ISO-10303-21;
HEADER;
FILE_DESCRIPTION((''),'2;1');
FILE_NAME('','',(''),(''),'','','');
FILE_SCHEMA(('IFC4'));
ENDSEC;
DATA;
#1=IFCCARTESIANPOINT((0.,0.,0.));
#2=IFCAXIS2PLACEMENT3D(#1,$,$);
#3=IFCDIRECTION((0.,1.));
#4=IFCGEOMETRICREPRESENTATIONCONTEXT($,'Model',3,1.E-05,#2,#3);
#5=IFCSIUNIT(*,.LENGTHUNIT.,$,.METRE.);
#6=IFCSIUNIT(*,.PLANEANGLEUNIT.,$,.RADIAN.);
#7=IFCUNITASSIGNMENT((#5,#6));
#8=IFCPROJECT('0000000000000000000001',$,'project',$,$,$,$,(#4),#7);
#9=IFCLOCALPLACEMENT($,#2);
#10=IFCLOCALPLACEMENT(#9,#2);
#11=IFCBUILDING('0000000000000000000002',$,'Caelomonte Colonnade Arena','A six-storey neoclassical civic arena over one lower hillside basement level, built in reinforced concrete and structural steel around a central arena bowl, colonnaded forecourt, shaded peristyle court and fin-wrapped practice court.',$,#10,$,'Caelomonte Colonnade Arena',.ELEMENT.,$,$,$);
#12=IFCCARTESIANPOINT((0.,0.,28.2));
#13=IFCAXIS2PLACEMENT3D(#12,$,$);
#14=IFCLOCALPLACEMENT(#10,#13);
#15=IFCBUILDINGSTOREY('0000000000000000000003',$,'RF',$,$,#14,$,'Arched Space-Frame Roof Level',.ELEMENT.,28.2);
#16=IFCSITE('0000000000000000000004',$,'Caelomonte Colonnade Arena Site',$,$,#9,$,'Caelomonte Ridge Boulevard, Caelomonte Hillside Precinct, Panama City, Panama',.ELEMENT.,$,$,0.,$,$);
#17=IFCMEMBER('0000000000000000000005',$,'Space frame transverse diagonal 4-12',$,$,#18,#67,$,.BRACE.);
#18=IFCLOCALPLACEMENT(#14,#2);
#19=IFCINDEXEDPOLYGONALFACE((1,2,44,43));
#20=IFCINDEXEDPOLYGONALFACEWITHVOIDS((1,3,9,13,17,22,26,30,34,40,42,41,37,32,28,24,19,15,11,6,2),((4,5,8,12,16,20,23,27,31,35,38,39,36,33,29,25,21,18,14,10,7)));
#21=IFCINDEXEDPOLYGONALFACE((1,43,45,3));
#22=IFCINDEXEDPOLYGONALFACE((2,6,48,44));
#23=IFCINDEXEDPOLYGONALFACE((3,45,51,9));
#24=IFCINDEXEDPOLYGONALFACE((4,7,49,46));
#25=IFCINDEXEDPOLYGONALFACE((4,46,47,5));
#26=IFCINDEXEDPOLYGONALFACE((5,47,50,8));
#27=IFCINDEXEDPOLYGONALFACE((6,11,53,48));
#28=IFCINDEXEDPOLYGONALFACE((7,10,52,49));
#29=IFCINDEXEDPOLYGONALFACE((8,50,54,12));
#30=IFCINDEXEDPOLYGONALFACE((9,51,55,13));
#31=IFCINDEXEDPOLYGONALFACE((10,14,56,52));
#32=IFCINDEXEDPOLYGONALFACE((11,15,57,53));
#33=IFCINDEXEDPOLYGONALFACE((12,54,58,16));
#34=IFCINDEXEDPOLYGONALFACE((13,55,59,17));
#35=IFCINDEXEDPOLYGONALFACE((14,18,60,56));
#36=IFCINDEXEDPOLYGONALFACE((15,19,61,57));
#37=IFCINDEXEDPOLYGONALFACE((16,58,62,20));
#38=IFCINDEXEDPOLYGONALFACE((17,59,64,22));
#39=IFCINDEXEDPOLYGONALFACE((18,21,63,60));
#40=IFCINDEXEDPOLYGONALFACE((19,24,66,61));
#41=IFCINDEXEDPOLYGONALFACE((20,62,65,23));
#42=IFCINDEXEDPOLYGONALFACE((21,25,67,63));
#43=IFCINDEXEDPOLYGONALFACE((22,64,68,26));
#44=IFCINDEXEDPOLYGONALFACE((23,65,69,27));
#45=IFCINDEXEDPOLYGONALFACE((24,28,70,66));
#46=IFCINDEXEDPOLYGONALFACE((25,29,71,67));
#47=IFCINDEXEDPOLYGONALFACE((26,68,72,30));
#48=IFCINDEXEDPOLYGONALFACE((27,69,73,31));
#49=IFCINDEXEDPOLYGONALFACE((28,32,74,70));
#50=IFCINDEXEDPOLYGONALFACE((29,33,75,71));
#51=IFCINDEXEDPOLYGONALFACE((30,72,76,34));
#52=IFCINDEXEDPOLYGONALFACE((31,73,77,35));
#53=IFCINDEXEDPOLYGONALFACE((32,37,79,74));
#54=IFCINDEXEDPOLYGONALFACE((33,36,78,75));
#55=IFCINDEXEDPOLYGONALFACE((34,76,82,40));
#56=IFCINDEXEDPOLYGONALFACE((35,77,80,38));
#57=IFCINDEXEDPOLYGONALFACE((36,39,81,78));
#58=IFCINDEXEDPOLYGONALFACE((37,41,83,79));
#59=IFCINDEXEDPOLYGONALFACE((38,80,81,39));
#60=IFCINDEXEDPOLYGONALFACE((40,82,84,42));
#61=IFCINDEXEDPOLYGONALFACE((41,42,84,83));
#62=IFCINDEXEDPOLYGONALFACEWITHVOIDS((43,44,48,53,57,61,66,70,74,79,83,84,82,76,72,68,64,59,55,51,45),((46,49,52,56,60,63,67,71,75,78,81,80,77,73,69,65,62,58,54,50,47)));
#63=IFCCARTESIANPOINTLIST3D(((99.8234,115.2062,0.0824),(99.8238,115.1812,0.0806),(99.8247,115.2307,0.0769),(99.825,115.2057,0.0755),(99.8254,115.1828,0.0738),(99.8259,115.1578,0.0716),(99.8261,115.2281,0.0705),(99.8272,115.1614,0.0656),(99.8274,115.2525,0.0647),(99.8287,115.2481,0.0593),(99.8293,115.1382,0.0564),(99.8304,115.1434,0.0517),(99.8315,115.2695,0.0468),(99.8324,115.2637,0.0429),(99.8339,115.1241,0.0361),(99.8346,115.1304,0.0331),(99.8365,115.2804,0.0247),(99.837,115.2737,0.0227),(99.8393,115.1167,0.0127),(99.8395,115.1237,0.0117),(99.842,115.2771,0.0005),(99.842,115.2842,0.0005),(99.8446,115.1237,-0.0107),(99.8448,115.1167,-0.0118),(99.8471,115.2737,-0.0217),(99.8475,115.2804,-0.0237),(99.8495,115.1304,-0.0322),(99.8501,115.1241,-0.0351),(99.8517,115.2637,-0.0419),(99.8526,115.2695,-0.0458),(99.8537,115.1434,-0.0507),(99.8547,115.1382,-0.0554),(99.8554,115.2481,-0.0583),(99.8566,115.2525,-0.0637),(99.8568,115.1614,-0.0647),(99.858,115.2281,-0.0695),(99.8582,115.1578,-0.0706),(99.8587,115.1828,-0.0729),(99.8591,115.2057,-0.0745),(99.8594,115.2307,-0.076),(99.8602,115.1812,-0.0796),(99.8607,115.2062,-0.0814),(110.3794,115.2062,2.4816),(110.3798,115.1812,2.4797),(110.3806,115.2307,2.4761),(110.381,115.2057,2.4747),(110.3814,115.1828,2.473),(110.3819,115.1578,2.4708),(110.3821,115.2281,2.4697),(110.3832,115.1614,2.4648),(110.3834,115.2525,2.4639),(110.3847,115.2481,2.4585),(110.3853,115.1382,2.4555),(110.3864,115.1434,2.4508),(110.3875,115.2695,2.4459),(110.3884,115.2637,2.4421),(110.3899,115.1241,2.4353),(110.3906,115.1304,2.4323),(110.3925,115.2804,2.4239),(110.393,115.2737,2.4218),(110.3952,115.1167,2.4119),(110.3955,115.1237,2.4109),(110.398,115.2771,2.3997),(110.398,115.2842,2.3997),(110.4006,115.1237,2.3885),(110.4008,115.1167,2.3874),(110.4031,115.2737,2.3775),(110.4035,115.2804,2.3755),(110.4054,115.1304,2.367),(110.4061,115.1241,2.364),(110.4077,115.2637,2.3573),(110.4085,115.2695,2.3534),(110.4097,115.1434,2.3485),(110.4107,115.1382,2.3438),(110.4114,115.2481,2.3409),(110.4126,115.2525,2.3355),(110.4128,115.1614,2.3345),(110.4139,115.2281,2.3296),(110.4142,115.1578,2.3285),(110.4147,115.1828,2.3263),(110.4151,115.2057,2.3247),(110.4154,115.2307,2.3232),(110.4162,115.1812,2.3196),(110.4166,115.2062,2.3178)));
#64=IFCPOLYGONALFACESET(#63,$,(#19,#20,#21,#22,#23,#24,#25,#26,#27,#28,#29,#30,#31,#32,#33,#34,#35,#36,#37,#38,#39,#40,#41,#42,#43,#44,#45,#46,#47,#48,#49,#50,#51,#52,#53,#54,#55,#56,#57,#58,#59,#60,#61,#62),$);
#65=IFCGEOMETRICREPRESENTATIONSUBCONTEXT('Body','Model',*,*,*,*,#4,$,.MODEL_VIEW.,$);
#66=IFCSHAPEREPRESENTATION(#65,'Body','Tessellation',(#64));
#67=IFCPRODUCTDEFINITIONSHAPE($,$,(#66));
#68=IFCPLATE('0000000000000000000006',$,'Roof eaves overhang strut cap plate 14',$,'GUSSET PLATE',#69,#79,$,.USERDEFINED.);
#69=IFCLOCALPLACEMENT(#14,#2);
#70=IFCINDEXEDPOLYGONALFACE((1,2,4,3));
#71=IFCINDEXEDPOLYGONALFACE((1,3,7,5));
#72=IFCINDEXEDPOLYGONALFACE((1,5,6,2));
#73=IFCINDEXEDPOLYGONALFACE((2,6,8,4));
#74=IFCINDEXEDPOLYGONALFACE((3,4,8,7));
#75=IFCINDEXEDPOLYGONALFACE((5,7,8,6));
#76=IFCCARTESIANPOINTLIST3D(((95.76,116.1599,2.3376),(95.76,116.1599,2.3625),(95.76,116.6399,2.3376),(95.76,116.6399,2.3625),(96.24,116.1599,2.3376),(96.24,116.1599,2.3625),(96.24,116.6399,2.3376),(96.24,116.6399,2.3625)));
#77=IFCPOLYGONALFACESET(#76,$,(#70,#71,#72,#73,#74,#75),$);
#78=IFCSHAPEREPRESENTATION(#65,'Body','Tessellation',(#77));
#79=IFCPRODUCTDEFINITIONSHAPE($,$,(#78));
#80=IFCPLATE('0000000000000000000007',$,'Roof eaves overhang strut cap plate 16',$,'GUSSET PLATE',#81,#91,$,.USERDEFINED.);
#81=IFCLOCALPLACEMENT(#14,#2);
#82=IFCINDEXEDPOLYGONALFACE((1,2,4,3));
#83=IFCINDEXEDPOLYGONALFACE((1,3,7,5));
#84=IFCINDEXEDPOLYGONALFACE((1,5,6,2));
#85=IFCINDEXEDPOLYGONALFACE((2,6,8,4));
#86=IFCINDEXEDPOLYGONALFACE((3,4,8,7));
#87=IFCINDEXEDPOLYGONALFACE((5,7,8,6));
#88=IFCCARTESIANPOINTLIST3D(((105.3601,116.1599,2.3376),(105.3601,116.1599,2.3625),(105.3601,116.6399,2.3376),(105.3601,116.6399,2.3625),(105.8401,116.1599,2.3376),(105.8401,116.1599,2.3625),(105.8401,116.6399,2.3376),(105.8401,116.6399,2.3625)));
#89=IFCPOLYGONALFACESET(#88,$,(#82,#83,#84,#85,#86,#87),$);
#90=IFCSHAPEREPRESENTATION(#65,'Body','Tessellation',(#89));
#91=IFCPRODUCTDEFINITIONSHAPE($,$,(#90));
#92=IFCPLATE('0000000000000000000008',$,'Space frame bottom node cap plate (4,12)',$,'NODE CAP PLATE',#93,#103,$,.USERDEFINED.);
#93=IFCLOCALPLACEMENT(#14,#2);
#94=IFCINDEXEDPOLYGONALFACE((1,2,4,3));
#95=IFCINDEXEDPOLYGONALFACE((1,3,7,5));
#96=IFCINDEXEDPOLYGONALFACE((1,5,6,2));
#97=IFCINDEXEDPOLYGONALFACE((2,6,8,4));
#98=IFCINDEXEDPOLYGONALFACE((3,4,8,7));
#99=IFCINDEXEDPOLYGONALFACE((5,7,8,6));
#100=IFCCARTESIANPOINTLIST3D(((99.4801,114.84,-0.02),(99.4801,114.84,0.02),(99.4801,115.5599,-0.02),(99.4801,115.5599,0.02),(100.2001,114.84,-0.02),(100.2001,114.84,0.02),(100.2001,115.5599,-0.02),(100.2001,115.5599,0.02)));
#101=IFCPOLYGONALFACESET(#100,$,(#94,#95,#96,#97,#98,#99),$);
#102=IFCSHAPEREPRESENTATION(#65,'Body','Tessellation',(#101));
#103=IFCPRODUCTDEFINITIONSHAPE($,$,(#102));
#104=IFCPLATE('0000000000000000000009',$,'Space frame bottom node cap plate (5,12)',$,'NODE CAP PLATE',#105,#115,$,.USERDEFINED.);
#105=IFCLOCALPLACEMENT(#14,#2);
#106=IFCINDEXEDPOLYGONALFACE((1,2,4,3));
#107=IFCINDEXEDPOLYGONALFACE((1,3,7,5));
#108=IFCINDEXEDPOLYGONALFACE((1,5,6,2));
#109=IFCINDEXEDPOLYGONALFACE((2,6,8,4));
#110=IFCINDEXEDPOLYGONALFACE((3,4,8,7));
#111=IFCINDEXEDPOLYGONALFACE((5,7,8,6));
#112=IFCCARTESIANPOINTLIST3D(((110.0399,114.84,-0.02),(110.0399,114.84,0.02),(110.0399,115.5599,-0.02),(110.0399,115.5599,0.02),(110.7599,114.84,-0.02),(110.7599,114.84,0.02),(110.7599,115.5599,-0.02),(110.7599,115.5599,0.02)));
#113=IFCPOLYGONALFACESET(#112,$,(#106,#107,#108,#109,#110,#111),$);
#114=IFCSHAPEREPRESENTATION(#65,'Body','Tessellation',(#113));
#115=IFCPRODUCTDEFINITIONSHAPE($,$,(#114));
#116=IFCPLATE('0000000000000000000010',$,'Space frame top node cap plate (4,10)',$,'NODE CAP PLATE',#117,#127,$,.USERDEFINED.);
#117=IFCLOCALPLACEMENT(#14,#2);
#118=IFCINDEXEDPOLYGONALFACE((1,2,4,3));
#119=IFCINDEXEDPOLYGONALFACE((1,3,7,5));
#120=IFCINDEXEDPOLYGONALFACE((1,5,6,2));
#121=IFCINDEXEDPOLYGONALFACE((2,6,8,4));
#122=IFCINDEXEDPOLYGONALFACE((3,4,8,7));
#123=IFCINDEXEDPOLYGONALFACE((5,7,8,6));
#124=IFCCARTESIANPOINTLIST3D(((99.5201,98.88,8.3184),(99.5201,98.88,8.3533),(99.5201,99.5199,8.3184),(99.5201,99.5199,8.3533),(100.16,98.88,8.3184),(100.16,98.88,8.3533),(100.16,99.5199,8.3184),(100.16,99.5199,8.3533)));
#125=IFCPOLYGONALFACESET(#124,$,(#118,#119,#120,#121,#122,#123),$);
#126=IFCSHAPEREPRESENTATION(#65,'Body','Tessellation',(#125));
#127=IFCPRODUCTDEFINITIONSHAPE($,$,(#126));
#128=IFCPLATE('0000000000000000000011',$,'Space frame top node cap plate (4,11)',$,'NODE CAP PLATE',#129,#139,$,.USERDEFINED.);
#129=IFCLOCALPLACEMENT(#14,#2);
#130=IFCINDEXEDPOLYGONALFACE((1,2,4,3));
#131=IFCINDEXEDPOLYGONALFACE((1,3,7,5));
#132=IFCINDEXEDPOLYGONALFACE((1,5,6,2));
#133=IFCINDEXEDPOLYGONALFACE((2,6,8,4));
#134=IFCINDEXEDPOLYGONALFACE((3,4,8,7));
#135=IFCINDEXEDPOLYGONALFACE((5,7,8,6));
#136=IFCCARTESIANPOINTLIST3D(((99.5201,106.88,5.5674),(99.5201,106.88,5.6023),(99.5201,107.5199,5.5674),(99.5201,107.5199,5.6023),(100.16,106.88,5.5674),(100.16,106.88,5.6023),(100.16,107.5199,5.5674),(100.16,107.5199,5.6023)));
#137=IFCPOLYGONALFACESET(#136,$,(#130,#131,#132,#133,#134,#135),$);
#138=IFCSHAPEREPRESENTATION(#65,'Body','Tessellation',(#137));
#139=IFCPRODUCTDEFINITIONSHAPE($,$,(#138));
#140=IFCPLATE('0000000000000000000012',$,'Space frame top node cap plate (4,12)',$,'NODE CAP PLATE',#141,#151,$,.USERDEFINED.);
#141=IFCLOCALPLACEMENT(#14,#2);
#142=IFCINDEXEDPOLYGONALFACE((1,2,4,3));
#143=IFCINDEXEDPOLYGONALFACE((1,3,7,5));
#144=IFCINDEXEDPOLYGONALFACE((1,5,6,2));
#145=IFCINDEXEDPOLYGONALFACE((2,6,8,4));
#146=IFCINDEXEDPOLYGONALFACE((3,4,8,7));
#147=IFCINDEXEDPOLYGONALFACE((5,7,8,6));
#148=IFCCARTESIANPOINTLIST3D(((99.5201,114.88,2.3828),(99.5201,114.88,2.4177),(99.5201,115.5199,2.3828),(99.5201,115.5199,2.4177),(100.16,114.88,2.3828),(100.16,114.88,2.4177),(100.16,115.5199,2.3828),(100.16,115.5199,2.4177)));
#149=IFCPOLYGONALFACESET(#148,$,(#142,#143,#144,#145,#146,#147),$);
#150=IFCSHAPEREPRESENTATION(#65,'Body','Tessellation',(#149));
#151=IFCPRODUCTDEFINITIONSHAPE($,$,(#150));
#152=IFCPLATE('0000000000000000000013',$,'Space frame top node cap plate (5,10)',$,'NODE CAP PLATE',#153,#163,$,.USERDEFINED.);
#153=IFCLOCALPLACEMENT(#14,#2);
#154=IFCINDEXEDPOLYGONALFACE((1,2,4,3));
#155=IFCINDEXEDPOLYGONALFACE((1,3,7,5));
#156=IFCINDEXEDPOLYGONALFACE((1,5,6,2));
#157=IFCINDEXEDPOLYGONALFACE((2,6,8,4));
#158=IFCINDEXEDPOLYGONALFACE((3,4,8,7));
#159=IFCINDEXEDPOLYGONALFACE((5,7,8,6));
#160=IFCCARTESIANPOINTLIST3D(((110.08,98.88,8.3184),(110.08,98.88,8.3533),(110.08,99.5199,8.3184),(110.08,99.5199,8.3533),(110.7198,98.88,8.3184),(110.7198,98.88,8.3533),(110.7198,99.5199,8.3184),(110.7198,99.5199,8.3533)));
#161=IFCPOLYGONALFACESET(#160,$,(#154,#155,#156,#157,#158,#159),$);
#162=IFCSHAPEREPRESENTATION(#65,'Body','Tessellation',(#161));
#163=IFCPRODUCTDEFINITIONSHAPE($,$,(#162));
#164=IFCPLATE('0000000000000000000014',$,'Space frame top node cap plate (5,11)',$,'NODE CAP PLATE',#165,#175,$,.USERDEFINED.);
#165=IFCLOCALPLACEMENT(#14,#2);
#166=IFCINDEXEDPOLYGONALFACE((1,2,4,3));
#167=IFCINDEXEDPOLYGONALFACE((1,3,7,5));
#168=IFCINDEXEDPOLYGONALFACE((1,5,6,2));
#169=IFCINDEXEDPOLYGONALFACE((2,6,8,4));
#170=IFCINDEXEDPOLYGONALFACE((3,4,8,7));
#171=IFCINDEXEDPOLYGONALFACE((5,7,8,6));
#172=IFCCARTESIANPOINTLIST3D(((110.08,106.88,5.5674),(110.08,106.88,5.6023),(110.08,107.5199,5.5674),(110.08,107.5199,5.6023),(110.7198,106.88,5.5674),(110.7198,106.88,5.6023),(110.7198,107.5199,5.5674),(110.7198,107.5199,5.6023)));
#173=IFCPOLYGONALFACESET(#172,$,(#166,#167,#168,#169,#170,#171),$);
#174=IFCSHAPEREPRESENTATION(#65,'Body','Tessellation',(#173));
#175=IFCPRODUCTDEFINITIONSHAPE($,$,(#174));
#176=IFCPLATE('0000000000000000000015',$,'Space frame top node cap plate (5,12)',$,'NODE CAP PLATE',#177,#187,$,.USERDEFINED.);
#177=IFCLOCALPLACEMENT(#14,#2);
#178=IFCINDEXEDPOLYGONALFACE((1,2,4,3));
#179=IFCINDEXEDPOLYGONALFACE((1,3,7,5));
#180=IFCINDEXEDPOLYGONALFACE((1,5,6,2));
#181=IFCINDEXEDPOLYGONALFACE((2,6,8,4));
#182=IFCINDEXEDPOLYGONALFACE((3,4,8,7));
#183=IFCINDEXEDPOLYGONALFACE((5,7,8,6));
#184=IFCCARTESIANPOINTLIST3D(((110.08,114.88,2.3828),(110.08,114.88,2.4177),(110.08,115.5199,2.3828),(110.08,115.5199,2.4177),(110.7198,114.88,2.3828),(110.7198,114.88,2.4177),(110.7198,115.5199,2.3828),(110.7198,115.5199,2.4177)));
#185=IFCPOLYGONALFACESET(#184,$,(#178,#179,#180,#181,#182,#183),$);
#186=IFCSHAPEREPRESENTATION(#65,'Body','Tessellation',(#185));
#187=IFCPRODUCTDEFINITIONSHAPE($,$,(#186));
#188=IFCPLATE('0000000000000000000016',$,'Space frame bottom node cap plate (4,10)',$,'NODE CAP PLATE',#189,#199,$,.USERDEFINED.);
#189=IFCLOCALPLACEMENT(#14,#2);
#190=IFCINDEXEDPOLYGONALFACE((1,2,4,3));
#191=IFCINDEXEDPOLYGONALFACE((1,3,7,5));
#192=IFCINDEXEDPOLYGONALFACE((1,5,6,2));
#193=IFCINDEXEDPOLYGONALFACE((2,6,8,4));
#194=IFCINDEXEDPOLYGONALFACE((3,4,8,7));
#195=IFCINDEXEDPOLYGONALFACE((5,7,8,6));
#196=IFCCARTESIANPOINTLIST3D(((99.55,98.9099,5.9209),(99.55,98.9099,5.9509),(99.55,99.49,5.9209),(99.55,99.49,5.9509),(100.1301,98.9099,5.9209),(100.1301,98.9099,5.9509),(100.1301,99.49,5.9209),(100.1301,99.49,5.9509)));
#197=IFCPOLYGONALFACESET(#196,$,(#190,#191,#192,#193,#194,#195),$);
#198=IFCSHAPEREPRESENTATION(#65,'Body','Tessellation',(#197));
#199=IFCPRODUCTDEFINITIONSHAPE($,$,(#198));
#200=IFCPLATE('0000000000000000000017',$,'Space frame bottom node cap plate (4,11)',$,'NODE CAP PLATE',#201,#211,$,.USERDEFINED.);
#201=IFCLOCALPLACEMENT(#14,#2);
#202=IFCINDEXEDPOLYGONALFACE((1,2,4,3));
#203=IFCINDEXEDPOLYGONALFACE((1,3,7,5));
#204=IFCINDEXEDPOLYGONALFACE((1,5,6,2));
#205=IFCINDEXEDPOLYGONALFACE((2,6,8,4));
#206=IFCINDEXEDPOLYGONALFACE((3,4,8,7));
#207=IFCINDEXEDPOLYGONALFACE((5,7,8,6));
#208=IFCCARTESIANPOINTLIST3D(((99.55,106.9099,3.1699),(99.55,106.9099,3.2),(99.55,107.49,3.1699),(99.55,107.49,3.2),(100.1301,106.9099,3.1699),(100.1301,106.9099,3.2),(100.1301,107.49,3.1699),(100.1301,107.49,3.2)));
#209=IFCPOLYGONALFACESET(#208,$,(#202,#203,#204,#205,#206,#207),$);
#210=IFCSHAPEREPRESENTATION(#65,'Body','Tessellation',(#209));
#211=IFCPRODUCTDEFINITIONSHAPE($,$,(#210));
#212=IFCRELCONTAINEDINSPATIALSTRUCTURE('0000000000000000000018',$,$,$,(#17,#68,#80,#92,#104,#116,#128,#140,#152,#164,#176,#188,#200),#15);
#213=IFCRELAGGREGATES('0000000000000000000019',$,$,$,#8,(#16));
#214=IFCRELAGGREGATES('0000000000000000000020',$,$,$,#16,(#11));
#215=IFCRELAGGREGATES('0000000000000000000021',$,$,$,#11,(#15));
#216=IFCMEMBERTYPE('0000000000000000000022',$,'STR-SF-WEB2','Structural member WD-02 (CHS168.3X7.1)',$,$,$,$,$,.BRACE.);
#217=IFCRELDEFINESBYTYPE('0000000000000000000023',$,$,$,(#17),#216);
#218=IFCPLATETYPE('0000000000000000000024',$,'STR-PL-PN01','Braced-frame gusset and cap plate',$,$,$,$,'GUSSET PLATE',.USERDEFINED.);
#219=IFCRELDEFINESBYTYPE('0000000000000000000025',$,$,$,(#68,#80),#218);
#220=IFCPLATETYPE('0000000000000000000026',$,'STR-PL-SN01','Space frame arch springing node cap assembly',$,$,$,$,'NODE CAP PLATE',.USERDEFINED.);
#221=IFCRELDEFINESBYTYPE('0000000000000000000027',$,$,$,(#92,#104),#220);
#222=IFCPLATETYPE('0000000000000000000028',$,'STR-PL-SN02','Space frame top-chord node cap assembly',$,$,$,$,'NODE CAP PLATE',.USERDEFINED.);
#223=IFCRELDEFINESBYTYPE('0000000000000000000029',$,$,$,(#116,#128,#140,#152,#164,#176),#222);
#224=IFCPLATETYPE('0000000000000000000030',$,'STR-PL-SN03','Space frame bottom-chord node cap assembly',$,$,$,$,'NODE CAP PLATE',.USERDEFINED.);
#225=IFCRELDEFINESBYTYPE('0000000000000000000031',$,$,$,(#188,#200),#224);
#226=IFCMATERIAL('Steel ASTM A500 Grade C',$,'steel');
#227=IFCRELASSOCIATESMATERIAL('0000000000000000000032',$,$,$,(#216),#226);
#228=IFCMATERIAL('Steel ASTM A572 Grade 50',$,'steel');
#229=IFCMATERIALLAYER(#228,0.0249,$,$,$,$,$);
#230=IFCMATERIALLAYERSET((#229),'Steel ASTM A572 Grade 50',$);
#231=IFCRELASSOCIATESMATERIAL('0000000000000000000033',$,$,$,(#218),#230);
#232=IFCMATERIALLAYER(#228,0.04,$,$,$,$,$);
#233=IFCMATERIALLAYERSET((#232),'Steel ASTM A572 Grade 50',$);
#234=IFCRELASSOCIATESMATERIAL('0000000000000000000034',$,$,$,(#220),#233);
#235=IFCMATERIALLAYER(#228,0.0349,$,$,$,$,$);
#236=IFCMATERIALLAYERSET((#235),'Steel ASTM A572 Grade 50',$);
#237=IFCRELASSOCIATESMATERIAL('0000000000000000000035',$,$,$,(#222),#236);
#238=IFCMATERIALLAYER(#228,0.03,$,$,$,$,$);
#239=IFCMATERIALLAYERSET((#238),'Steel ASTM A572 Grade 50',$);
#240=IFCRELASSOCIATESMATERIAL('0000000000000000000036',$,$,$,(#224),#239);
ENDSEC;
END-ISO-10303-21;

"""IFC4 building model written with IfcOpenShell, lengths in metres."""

from ifc_helpers import new_model, si_unit, direction, frame, origin, origin_2d, place, context, subcontext, project, spatial, rectangle, hollow_circle, extrude, material, layer, layer_set, material_profile, profile_set, type_object, element, save


model = new_model("IFC4")

# Units and contexts
model_context = context("Model", 3, precision=1e-05, world=origin(), true_north=direction((0.0, 1.0)))
body_context = subcontext(model_context, "Body", "Model", "MODEL_VIEW")
ifc_project = project(units=[si_unit("LENGTHUNIT", "METRE"), si_unit("PLANEANGLEUNIT", "RADIAN")], contexts=[model_context])

# Site, building, storey
site_placement = place(None, origin())
site = spatial("IfcSite", under=ifc_project, at=site_placement, Name="Caelomonte Colonnade Arena Site", LongName="Caelomonte Ridge Boulevard, Caelomonte Hillside Precinct, Panama City, Panama", CompositionType="ELEMENT", RefElevation=0.0)
building_placement = place(site_placement, origin())
building = spatial("IfcBuilding", under=site, at=building_placement, Name="Caelomonte Colonnade Arena", Description="A six-storey neoclassical civic arena over one lower hillside basement level, built in reinforced concrete and structural steel around a central arena bowl, colonnaded forecourt, shaded peristyle court and fin-wrapped practice court.", LongName="Caelomonte Colonnade Arena", CompositionType="ELEMENT")
storey_placement = place(building_placement, frame((0.0, 0.0, 28.2)))
storey = spatial("IfcBuildingStorey", under=building, at=storey_placement, Name="RF", LongName="Arched Space-Frame Roof Level", CompositionType="ELEMENT", Elevation=28.2)

# Member
ifc_material_1 = material(Name="Steel ASTM A500 Grade C", Category="steel")
ifc_material_profile_1 = material_profile(ifc_material_1, hollow_circle(Radius=0.0842, WallThickness=0.0071, at=origin_2d()), Name="CHS168.3X7.1")
ifc_profile_set_1 = profile_set([ifc_material_profile_1], Name="Steel ASTM A500 Grade C")
member_type_1 = type_object("IfcMemberType", Name="STR-SF-WEB2", Description="Structural member WD-02 (CHS168.3X7.1)", PredefinedType="BRACE", material=ifc_profile_set_1)
for number, where, z_axis, x_axis, name in (
    (1, (99.842, 115.2, 0.0005), (0.975131, 0.0, 0.22163), (0.0, 1.0, 0.0), "Space frame transverse diagonal 4-12"),
):
    element("IfcMember", number, at=place(storey_placement, frame(where, z_axis=z_axis, x_axis=x_axis)), inside=storey, type_object=member_type_1, Name=name, PredefinedType="BRACE", context=body_context, shape_type="SweptSolid", body=[
        extrude(hollow_circle(Radius=0.0842, WallThickness=0.0071, at=origin_2d()), origin(), (0.0, 0.0, 1.0), 10.8252),
    ])

# Plates
ifc_material_2 = material(Name="Steel ASTM A572 Grade 50", Category="steel")
ifc_layer_1 = layer(ifc_material_2, 0.0249)
ifc_layer_set_1 = layer_set([ifc_layer_1], Name="Steel ASTM A572 Grade 50")
plate_type_1 = type_object("IfcPlateType", Name="STR-PL-PN01", Description="Braced-frame gusset and cap plate", ElementType="GUSSET PLATE", PredefinedType="USERDEFINED", material=ifc_layer_set_1)
for number, where, z_axis, x_axis, name in (
    (2, (96.0, 116.3999, 2.3376), (0.0, 0.0, 1.0), (1.0, 0.0, 0.0), "Roof eaves overhang strut cap plate 14"),
    (3, (105.6001, 116.3999, 2.3376), (0.0, 0.0, 1.0), (1.0, 0.0, 0.0), "Roof eaves overhang strut cap plate 16"),
):
    element("IfcPlate", number, at=place(storey_placement, frame(where, z_axis=z_axis, x_axis=x_axis)), inside=storey, type_object=plate_type_1, Name=name, ObjectType="GUSSET PLATE", PredefinedType="USERDEFINED", context=body_context, shape_type="SweptSolid", body=[
        extrude(rectangle(XDim=0.48, YDim=0.48, at=origin_2d()), origin(), (0.0, 0.0, 1.0), 0.0249),
    ])
ifc_layer_2 = layer(ifc_material_2, 0.04)
ifc_layer_set_2 = layer_set([ifc_layer_2], Name="Steel ASTM A572 Grade 50")
plate_type_2 = type_object("IfcPlateType", Name="STR-PL-SN01", Description="Space frame arch springing node cap assembly", ElementType="NODE CAP PLATE", PredefinedType="USERDEFINED", material=ifc_layer_set_2)
for number, where, z_axis, x_axis, name in (
    (4, (99.8401, 115.2, -0.02), (0.0, 0.0, 1.0), (1.0, 0.0, 0.0), "Space frame bottom node cap plate (4,12)"),
    (5, (110.3999, 115.2, -0.02), (0.0, 0.0, 1.0), (1.0, 0.0, 0.0), "Space frame bottom node cap plate (5,12)"),
):
    element("IfcPlate", number, at=place(storey_placement, frame(where, z_axis=z_axis, x_axis=x_axis)), inside=storey, type_object=plate_type_2, Name=name, ObjectType="NODE CAP PLATE", PredefinedType="USERDEFINED", context=body_context, shape_type="SweptSolid", body=[
        extrude(rectangle(XDim=0.72, YDim=0.72, at=origin_2d()), origin(), (0.0, 0.0, 1.0), 0.04),
    ])
ifc_layer_3 = layer(ifc_material_2, 0.0349)
ifc_layer_set_3 = layer_set([ifc_layer_3], Name="Steel ASTM A572 Grade 50")
plate_type_3 = type_object("IfcPlateType", Name="STR-PL-SN02", Description="Space frame top-chord node cap assembly", ElementType="NODE CAP PLATE", PredefinedType="USERDEFINED", material=ifc_layer_set_3)
for number, where, z_axis, x_axis, name in (
    (6, (99.8401, 99.2, 8.3184), (0.0, 0.0, 1.0), (1.0, 0.0, 0.0), "Space frame top node cap plate (4,10)"),
    (7, (99.8401, 107.2, 5.5674), (0.0, 0.0, 1.0), (1.0, 0.0, 0.0), "Space frame top node cap plate (4,11)"),
    (8, (99.8401, 115.2, 2.3828), (0.0, 0.0, 1.0), (1.0, 0.0, 0.0), "Space frame top node cap plate (4,12)"),
    (9, (110.3999, 99.2, 8.3184), (0.0, 0.0, 1.0), (1.0, 0.0, 0.0), "Space frame top node cap plate (5,10)"),
    (10, (110.3999, 107.2, 5.5674), (0.0, 0.0, 1.0), (1.0, 0.0, 0.0), "Space frame top node cap plate (5,11)"),
    (11, (110.3999, 115.2, 2.3828), (0.0, 0.0, 1.0), (1.0, 0.0, 0.0), "Space frame top node cap plate (5,12)"),
):
    element("IfcPlate", number, at=place(storey_placement, frame(where, z_axis=z_axis, x_axis=x_axis)), inside=storey, type_object=plate_type_3, Name=name, ObjectType="NODE CAP PLATE", PredefinedType="USERDEFINED", context=body_context, shape_type="SweptSolid", body=[
        extrude(rectangle(XDim=0.6399, YDim=0.6399, at=origin_2d()), origin(), (0.0, 0.0, 1.0), 0.0349),
    ])
ifc_layer_4 = layer(ifc_material_2, 0.03)
ifc_layer_set_4 = layer_set([ifc_layer_4], Name="Steel ASTM A572 Grade 50")
plate_type_4 = type_object("IfcPlateType", Name="STR-PL-SN03", Description="Space frame bottom-chord node cap assembly", ElementType="NODE CAP PLATE", PredefinedType="USERDEFINED", material=ifc_layer_set_4)
for number, where, z_axis, x_axis, name in (
    (12, (99.8401, 99.2, 5.9209), (0.0, 0.0, 1.0), (1.0, 0.0, 0.0), "Space frame bottom node cap plate (4,10)"),
    (13, (99.8401, 107.2, 3.1699), (0.0, 0.0, 1.0), (1.0, 0.0, 0.0), "Space frame bottom node cap plate (4,11)"),
):
    element("IfcPlate", number, at=place(storey_placement, frame(where, z_axis=z_axis, x_axis=x_axis)), inside=storey, type_object=plate_type_4, Name=name, ObjectType="NODE CAP PLATE", PredefinedType="USERDEFINED", context=body_context, shape_type="SweptSolid", body=[
        extrude(rectangle(XDim=0.5801, YDim=0.5801, at=origin_2d()), origin(), (0.0, 0.0, 1.0), 0.03),
    ])

save(model, "model.ifc")
